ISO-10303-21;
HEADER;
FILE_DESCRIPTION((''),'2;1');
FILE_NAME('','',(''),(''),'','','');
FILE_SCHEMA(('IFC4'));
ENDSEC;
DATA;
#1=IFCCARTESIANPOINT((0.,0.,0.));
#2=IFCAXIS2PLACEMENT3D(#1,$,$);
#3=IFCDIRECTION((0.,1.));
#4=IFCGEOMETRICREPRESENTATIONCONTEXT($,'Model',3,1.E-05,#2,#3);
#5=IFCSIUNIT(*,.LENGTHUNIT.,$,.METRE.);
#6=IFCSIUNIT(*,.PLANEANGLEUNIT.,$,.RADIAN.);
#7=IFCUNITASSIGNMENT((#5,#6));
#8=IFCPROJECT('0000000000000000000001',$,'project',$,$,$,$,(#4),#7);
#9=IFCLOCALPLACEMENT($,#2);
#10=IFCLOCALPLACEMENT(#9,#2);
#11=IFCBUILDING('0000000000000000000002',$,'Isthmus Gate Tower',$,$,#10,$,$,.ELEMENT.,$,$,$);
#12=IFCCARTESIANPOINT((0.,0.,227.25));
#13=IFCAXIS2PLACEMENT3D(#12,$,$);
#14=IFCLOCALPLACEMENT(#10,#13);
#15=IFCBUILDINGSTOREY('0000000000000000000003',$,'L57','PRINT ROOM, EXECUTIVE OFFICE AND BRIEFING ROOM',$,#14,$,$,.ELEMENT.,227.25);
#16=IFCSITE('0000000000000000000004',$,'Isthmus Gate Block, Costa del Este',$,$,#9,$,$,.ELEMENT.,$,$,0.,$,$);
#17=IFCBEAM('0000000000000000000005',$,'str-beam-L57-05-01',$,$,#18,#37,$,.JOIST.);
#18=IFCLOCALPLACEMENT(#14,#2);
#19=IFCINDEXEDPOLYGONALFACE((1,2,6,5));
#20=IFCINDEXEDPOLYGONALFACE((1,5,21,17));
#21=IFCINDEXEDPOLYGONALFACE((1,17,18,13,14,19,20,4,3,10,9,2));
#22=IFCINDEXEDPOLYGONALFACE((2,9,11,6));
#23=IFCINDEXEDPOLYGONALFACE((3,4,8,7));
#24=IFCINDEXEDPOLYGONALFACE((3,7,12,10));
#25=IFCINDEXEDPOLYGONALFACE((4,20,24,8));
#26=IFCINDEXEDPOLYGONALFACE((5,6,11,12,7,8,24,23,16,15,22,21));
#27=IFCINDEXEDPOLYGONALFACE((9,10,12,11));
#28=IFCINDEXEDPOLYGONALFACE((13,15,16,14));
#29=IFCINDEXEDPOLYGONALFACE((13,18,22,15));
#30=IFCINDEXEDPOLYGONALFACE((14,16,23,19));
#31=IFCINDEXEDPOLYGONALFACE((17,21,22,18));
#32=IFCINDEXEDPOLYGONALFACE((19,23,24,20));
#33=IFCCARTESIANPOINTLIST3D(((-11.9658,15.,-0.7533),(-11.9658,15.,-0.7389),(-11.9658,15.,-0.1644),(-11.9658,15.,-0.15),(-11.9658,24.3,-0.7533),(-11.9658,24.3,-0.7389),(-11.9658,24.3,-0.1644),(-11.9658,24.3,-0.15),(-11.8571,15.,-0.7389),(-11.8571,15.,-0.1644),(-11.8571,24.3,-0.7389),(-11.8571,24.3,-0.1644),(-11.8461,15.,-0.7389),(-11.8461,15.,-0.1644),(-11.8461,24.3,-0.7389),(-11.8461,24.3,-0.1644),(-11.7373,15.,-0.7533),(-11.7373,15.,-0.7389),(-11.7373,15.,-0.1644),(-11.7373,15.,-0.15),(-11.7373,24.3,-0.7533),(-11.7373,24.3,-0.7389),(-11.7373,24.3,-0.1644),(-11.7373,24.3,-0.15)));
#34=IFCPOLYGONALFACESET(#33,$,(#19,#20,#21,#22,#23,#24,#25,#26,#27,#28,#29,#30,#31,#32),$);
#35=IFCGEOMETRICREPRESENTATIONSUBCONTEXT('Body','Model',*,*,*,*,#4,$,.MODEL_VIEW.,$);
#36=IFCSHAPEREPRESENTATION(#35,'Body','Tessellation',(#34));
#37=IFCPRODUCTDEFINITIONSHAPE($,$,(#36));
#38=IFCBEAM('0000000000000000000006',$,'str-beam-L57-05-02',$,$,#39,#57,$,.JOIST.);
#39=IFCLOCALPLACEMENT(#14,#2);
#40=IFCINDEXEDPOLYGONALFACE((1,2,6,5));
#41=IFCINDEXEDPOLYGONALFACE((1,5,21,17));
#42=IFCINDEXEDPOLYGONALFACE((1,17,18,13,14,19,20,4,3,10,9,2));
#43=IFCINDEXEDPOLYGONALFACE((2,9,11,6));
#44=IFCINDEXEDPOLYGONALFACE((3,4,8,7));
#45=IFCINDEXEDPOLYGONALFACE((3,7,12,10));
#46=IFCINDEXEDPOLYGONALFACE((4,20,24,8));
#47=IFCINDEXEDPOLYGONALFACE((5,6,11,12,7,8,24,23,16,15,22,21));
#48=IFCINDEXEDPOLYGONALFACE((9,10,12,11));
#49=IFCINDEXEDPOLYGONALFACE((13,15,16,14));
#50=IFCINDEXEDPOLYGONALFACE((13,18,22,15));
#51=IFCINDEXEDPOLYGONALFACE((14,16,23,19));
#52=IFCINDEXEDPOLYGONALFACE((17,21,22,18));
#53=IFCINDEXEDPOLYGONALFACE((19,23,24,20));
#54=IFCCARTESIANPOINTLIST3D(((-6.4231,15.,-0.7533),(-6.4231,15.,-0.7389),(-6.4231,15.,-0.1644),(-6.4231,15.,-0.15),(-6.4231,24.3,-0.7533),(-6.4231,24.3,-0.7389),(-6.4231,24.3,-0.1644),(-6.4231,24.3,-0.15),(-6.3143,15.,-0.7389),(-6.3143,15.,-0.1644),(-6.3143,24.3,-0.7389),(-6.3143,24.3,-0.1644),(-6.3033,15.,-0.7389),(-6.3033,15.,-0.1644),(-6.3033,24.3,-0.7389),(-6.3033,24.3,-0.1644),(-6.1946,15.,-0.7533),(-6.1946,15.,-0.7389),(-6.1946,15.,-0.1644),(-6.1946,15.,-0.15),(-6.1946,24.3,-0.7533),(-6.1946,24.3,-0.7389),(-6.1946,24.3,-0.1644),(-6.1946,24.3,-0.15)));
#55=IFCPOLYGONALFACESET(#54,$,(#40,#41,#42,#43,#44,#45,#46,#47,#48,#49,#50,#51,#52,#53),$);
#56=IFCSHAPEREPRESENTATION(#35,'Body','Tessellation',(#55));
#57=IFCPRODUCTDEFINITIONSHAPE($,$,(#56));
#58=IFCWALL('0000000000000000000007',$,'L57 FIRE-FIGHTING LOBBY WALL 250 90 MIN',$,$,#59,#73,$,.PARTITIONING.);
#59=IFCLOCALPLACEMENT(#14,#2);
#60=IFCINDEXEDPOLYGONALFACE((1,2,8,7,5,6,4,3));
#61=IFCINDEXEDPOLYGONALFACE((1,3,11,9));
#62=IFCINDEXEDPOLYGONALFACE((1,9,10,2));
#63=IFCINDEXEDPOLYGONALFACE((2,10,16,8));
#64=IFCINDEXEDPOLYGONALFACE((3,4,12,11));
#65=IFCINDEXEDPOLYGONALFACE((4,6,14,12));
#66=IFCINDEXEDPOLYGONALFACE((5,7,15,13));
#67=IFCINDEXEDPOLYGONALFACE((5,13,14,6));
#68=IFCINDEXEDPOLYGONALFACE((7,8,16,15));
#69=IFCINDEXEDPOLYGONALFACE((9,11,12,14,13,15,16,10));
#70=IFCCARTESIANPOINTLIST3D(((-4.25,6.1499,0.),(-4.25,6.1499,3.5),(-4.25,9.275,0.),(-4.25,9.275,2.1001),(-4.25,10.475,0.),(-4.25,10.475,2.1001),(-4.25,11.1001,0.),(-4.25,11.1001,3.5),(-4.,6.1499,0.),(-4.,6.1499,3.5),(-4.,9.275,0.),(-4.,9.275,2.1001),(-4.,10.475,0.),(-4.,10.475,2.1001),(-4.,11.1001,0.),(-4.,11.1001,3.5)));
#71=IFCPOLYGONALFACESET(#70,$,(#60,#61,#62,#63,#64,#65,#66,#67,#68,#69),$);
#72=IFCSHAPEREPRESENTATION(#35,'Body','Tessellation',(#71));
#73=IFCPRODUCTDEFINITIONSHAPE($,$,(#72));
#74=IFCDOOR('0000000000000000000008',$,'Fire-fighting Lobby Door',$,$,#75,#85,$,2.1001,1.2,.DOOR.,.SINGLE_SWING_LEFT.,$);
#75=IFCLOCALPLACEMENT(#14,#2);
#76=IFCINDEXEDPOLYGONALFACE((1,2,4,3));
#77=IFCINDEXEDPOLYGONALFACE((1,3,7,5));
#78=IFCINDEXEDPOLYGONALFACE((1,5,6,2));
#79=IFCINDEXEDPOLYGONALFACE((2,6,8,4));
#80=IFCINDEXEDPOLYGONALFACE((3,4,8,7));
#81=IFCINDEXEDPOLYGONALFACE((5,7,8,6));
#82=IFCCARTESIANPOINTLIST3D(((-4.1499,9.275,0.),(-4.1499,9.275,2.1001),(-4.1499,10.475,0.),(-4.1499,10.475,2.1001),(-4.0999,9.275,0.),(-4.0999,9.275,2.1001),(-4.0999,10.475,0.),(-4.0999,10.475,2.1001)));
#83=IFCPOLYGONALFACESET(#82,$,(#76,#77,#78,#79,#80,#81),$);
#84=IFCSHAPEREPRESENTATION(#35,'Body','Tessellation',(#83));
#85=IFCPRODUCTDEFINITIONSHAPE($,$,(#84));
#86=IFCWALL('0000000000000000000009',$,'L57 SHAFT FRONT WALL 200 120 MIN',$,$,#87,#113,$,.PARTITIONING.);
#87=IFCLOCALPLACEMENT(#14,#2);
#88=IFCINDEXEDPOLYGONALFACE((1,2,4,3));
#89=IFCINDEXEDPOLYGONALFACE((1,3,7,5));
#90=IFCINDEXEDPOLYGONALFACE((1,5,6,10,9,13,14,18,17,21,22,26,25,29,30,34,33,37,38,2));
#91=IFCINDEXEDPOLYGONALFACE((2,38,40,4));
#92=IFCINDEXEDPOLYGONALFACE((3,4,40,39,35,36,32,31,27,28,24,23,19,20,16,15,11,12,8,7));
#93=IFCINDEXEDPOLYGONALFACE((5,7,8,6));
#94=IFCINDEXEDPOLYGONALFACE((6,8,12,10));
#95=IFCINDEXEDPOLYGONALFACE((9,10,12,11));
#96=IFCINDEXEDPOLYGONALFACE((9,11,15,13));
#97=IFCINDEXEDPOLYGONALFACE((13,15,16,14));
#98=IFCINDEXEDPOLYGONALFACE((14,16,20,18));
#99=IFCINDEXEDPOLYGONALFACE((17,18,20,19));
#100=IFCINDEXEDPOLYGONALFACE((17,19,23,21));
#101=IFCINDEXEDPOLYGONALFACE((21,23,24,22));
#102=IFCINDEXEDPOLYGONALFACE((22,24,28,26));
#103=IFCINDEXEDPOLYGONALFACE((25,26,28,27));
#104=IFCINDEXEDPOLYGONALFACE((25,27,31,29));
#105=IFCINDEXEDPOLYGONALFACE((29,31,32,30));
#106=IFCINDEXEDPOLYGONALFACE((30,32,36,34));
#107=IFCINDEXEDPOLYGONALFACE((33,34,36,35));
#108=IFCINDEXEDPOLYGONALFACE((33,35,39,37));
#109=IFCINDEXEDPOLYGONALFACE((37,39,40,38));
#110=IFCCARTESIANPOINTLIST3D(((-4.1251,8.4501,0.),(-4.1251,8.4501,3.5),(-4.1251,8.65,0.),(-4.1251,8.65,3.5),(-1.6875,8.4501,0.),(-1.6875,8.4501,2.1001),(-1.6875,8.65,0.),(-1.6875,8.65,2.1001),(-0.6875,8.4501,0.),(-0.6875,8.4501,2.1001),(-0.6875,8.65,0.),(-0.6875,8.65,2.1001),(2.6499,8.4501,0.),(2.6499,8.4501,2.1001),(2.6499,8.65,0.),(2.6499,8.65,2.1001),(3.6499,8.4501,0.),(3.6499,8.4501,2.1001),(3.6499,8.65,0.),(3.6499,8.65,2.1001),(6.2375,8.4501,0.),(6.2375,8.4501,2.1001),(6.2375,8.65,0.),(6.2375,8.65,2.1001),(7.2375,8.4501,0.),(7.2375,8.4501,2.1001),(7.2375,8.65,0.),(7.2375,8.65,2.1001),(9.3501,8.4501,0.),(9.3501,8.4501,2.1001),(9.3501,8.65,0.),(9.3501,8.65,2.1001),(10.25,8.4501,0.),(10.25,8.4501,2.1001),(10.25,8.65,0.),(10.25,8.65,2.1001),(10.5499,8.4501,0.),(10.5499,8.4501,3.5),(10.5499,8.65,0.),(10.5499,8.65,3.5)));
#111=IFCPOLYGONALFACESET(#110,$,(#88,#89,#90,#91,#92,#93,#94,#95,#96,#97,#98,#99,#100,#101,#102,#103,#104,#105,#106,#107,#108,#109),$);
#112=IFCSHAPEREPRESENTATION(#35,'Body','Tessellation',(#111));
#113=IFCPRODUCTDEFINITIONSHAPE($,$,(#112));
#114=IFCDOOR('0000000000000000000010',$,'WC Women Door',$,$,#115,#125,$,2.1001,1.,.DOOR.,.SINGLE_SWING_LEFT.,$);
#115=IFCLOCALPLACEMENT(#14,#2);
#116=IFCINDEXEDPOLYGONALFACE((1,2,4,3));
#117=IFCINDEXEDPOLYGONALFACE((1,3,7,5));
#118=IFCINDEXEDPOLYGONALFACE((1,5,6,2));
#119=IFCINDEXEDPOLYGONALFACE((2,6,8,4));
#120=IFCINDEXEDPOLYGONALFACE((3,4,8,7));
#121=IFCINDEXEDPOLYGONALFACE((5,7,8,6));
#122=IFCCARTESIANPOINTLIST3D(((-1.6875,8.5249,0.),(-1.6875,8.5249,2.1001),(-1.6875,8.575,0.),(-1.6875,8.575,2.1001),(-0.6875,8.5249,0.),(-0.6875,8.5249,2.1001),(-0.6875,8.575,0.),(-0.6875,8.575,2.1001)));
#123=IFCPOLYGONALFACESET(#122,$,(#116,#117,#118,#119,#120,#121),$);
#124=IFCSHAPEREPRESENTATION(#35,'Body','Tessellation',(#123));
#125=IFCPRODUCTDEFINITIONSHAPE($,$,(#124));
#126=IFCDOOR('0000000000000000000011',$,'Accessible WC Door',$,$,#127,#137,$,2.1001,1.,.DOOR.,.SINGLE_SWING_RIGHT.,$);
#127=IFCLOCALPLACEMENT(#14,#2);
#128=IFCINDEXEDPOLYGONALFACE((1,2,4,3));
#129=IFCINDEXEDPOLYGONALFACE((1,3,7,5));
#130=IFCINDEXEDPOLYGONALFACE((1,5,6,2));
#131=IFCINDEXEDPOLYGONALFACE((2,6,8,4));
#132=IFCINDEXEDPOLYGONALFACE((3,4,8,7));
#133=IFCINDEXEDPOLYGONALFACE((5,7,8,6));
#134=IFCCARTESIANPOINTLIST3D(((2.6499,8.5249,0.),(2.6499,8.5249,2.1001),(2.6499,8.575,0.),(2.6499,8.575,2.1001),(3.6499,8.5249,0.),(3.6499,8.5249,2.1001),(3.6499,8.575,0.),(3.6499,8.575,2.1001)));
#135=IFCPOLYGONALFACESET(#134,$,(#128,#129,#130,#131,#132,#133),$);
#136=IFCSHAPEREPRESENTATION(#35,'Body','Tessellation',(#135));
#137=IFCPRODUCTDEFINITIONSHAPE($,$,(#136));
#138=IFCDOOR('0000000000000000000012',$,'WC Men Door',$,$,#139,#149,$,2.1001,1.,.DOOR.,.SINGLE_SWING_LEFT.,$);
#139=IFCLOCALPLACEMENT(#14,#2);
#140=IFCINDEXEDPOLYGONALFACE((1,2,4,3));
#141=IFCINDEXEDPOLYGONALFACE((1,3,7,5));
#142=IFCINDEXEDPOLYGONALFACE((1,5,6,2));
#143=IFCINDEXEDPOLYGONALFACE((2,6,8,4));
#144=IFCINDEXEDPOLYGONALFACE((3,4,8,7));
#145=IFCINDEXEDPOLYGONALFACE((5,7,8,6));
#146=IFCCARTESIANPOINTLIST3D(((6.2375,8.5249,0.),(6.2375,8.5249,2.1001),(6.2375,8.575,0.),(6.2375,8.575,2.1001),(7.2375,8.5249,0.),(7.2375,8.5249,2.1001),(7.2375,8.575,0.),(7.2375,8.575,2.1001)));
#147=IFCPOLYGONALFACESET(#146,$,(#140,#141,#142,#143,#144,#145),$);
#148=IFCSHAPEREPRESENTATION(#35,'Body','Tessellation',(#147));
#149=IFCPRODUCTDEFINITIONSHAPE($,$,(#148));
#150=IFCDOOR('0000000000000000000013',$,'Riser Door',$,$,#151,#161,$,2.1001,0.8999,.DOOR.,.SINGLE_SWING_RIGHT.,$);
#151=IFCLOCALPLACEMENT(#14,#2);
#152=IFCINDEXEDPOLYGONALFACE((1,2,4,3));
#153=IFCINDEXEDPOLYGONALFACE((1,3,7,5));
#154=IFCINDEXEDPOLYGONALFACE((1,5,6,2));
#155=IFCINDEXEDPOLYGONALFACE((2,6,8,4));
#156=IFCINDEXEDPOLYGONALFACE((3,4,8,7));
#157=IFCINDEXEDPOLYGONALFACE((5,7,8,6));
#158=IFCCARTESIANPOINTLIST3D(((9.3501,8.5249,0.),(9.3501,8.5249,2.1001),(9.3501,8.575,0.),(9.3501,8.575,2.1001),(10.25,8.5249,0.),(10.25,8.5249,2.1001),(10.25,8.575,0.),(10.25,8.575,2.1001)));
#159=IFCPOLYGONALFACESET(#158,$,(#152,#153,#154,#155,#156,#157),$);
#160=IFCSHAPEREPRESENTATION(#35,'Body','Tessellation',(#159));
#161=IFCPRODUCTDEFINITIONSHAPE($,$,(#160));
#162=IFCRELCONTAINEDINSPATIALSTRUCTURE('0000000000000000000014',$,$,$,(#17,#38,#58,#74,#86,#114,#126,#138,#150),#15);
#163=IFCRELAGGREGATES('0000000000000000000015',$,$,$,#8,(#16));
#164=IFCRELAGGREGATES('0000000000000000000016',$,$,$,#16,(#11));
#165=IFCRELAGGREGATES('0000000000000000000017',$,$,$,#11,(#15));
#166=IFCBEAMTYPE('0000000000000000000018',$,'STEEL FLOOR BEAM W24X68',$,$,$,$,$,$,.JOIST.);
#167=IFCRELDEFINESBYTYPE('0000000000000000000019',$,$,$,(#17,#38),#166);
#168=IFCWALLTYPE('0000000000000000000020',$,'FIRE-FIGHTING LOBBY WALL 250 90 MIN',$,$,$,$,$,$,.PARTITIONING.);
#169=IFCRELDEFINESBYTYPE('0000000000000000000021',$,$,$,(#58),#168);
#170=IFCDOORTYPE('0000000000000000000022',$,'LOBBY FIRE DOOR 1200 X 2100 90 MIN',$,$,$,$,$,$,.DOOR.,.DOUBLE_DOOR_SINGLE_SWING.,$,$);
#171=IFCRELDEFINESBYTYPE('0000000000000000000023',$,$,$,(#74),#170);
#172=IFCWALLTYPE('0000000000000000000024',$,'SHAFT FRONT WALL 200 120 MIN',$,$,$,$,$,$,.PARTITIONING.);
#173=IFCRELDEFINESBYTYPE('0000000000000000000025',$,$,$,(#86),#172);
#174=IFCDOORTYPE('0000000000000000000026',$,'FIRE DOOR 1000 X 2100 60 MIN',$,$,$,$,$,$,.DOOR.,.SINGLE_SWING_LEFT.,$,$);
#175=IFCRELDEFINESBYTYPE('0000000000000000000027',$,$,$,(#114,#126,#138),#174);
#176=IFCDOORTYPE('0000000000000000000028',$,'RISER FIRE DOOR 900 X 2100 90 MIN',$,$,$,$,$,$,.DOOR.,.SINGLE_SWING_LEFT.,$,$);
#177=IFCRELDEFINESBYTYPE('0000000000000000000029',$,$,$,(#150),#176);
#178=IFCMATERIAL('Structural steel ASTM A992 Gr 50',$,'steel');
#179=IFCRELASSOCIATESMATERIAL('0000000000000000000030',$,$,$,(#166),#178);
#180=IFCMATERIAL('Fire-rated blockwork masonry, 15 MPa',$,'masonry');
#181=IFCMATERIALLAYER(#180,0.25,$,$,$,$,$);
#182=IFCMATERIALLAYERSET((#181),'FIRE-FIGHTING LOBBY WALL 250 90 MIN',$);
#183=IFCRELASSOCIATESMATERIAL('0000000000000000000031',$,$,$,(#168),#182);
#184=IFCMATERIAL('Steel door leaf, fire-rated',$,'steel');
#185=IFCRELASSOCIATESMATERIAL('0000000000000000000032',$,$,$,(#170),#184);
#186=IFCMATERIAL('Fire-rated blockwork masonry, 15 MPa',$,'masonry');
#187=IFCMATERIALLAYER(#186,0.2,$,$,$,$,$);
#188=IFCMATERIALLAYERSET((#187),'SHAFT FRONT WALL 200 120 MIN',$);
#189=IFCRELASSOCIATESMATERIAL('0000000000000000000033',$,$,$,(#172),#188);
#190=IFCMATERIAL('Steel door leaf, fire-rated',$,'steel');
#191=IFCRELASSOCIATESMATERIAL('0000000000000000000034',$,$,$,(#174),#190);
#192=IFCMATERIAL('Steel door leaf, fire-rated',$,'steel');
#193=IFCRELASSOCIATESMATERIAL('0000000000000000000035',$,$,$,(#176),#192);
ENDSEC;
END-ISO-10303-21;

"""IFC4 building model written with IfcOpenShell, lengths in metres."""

from ifc_helpers import new_model, si_unit, direction, frame, frame_2d, origin, origin_2d, place, context, subcontext, project, spatial, rectangle, i_section, extrude, material, layer, layer_set, material_profile, profile_set, type_object, element, fill, save


model = new_model("IFC4")

# Units and contexts
model_context = context("Model", 3, precision=1e-05, world=origin(), true_north=direction((0.0, 1.0)))
body_context = subcontext(model_context, "Body", "Model", "MODEL_VIEW")
ifc_project = project(units=[si_unit("LENGTHUNIT", "METRE"), si_unit("PLANEANGLEUNIT", "RADIAN")], contexts=[model_context])

# Site, building, storey
site_placement = place(None, origin())
site = spatial("IfcSite", under=ifc_project, at=site_placement, Name="Isthmus Gate Block, Costa del Este", CompositionType="ELEMENT", RefElevation=0.0)
building_placement = place(site_placement, origin())
building = spatial("IfcBuilding", under=site, at=building_placement, Name="Isthmus Gate Tower", CompositionType="ELEMENT")
storey_placement = place(building_placement, frame((0.0, 0.0, 227.25)))
storey = spatial("IfcBuildingStorey", under=building, at=storey_placement, Name="L57", Description="PRINT ROOM, EXECUTIVE OFFICE AND BRIEFING ROOM", CompositionType="ELEMENT", Elevation=227.25)

# Beams
ifc_material_1 = material(Name="Structural steel ASTM A992 Gr 50", Category="steel")
ifc_material_profile = material_profile(ifc_material_1, i_section(OverallWidth=0.2285, OverallDepth=0.6033, WebThickness=0.011, FlangeThickness=0.0144, at=origin_2d()), Name="W24X68")
ifc_profile_set = profile_set([ifc_material_profile], Name="Structural steel ASTM A992 Gr 50")
beam_type = type_object("IfcBeamType", Name="STEEL FLOOR BEAM W24X68", PredefinedType="JOIST", material=ifc_profile_set)
for number, where, z_axis, x_axis, name in (
    (1, (-11.8516, 15.0, -0.4517), (0.0, 1.0, 0.0), (-1.0, 0.0, 0.0), "str-beam-L57-05-01"),
    (2, (-6.3088, 15.0, -0.4517), (0.0, 1.0, 0.0), (-1.0, 0.0, 0.0), "str-beam-L57-05-02"),
):
    element("IfcBeam", number, at=place(storey_placement, frame(where, z_axis=z_axis, x_axis=x_axis)), inside=storey, type_object=beam_type, Name=name, PredefinedType="JOIST", context=body_context, shape_type="SweptSolid", body=[
        extrude(i_section(OverallWidth=0.2285, OverallDepth=0.6033, WebThickness=0.011, FlangeThickness=0.0144, at=origin_2d()), origin(), (0.0, 0.0, 1.0), 9.3),
    ])

# Wall, opening, door
ifc_material_2 = material(Name="Fire-rated blockwork masonry, 15 MPa", Category="masonry")
ifc_layer_1 = layer(ifc_material_2, 0.25)
ifc_layer_set_1 = layer_set([ifc_layer_1], Name="FIRE-FIGHTING LOBBY WALL 250 90 MIN")
wall_type_1 = type_object("IfcWallType", Name="FIRE-FIGHTING LOBBY WALL 250 90 MIN", PredefinedType="PARTITIONING", material=ifc_layer_set_1)
wall_1_placement = place(storey_placement, frame((-4.125, 6.1499, 0.0), z_axis=(0.0, 0.0, 1.0), x_axis=(0.0, 1.0, 0.0)))
wall_1 = element("IfcWall", 3, at=wall_1_placement, inside=storey, type_object=wall_type_1, Name="L57 FIRE-FIGHTING LOBBY WALL 250 90 MIN", PredefinedType="PARTITIONING", context=body_context, shape_type="SweptSolid", body=[
    extrude(rectangle(XDim=4.9502, YDim=0.25, at=frame_2d((2.4751, 0.0))), origin(), (0.0, 0.0, 1.0), 3.5),
])
opening_1_placement = place(wall_1_placement, frame((3.125, 0.0, 0.0)))
opening_1 = element("IfcOpeningElement", 4, at=opening_1_placement, cuts=wall_1, PredefinedType="OPENING", context=body_context, shape_type="SweptSolid", body=[
    extrude(rectangle(XDim=1.2, YDim=2.1001, at=frame_2d((0.6001, 1.05))), frame((0.0, 0.135, 0.0), z_axis=(0.0, -1.0, 0.0), x_axis=(1.0, 0.0, 0.0)), (0.0, 0.0, 1.0), 0.27),
])
ifc_material_3 = material(Name="Steel door leaf, fire-rated", Category="steel")
door_type_1 = type_object("IfcDoorType", Name="LOBBY FIRE DOOR 1200 X 2100 90 MIN", OperationType="DOUBLE_DOOR_SINGLE_SWING", PredefinedType="DOOR", material=ifc_material_3)
door_1_placement = place(opening_1_placement, origin())
door_1 = element("IfcDoor", 5, at=door_1_placement, inside=storey, type_object=door_type_1, Name="Fire-fighting Lobby Door", OperationType="SINGLE_SWING_LEFT", OverallHeight=2.1001, OverallWidth=1.2, PredefinedType="DOOR", context=body_context, shape_type="SweptSolid", body=[
    extrude(rectangle(XDim=1.2, YDim=2.1001, at=frame_2d((0.6001, 1.05))), frame((0.0, 0.0249, 0.0), z_axis=(0.0, -1.0, 0.0), x_axis=(1.0, 0.0, 0.0)), (0.0, 0.0, 1.0), 0.05),
])
fill(opening_1, door_1)

# Wall, openings, doors
ifc_material_4 = material(Name="Fire-rated blockwork masonry, 15 MPa", Category="masonry")
ifc_layer_2 = layer(ifc_material_4, 0.2)
ifc_layer_set_2 = layer_set([ifc_layer_2], Name="SHAFT FRONT WALL 200 120 MIN")
wall_type_2 = type_object("IfcWallType", Name="SHAFT FRONT WALL 200 120 MIN", PredefinedType="PARTITIONING", material=ifc_layer_set_2)
wall_2_placement = place(storey_placement, frame((-4.125, 8.55, 0.0), z_axis=(0.0, 0.0, 1.0), x_axis=(1.0, 0.0, 0.0)))
wall_2 = element("IfcWall", 6, at=wall_2_placement, inside=storey, type_object=wall_type_2, Name="L57 SHAFT FRONT WALL 200 120 MIN", PredefinedType="PARTITIONING", context=body_context, shape_type="SweptSolid", body=[
    extrude(rectangle(XDim=14.675, YDim=0.2, at=frame_2d((7.3374, 0.0))), origin(), (0.0, 0.0, 1.0), 3.5),
])
opening_2_placement = place(wall_2_placement, frame((2.4375, 0.0, 0.0)))
opening_2 = element("IfcOpeningElement", 7, at=opening_2_placement, cuts=wall_2, PredefinedType="OPENING", context=body_context, shape_type="SweptSolid", body=[
    extrude(rectangle(XDim=1.0, YDim=2.1001, at=frame_2d((0.5, 1.05))), frame((0.0, 0.1099, 0.0), z_axis=(0.0, -1.0, 0.0), x_axis=(1.0, 0.0, 0.0)), (0.0, 0.0, 1.0), 0.22),
])
opening_3_placement = place(wall_2_placement, frame((6.7749, 0.0, 0.0)))
opening_3 = element("IfcOpeningElement", 8, at=opening_3_placement, cuts=wall_2, PredefinedType="OPENING", context=body_context, shape_type="SweptSolid", body=[
    extrude(rectangle(XDim=1.0, YDim=2.1001, at=frame_2d((0.5, 1.05))), frame((0.0, 0.1099, 0.0), z_axis=(0.0, -1.0, 0.0), x_axis=(1.0, 0.0, 0.0)), (0.0, 0.0, 1.0), 0.22),
])
opening_4_placement = place(wall_2_placement, frame((10.3625, 0.0, 0.0)))
opening_4 = element("IfcOpeningElement", 9, at=opening_4_placement, cuts=wall_2, PredefinedType="OPENING", context=body_context, shape_type="SweptSolid", body=[
    extrude(rectangle(XDim=1.0, YDim=2.1001, at=frame_2d((0.5, 1.05))), frame((0.0, 0.1099, 0.0), z_axis=(0.0, -1.0, 0.0), x_axis=(1.0, 0.0, 0.0)), (0.0, 0.0, 1.0), 0.22),
])
opening_5_placement = place(wall_2_placement, frame((13.4751, 0.0, 0.0)))
opening_5 = element("IfcOpeningElement", 10, at=opening_5_placement, cuts=wall_2, PredefinedType="OPENING", context=body_context, shape_type="SweptSolid", body=[
    extrude(rectangle(XDim=0.8999, YDim=2.1001, at=frame_2d((0.45, 1.05))), frame((0.0, 0.1099, 0.0), z_axis=(0.0, -1.0, 0.0), x_axis=(1.0, 0.0, 0.0)), (0.0, 0.0, 1.0), 0.22),
])
ifc_material_5 = material(Name="Steel door leaf, fire-rated", Category="steel")
door_type_2 = type_object("IfcDoorType", Name="FIRE DOOR 1000 X 2100 60 MIN", OperationType="SINGLE_SWING_LEFT", PredefinedType="DOOR", material=ifc_material_5)
door_2_placement = place(opening_2_placement, origin())
door_2 = element("IfcDoor", 11, at=door_2_placement, inside=storey, type_object=door_type_2, Name="WC Women Door", OperationType="SINGLE_SWING_LEFT", OverallHeight=2.1001, OverallWidth=1.0, PredefinedType="DOOR", context=body_context, shape_type="SweptSolid", body=[
    extrude(rectangle(XDim=1.0, YDim=2.1001, at=frame_2d((0.5, 1.05))), frame((0.0, 0.0249, 0.0), z_axis=(0.0, -1.0, 0.0), x_axis=(1.0, 0.0, 0.0)), (0.0, 0.0, 1.0), 0.05),
])
fill(opening_2, door_2)
door_3_placement = place(opening_3_placement, origin())
door_3 = element("IfcDoor", 12, at=door_3_placement, inside=storey, type_object=door_type_2, Name="Accessible WC Door", OperationType="SINGLE_SWING_RIGHT", OverallHeight=2.1001, OverallWidth=1.0, PredefinedType="DOOR", context=body_context, shape_type="SweptSolid", body=[
    extrude(rectangle(XDim=1.0, YDim=2.1001, at=frame_2d((0.5, 1.05))), frame((0.0, 0.0249, 0.0), z_axis=(0.0, -1.0, 0.0), x_axis=(1.0, 0.0, 0.0)), (0.0, 0.0, 1.0), 0.05),
])
fill(opening_3, door_3)
door_4_placement = place(opening_4_placement, origin())
door_4 = element("IfcDoor", 13, at=door_4_placement, inside=storey, type_object=door_type_2, Name="WC Men Door", OperationType="SINGLE_SWING_LEFT", OverallHeight=2.1001, OverallWidth=1.0, PredefinedType="DOOR", context=body_context, shape_type="SweptSolid", body=[
    extrude(rectangle(XDim=1.0, YDim=2.1001, at=frame_2d((0.5, 1.05))), frame((0.0, 0.0249, 0.0), z_axis=(0.0, -1.0, 0.0), x_axis=(1.0, 0.0, 0.0)), (0.0, 0.0, 1.0), 0.05),
])
fill(opening_4, door_4)
ifc_material_6 = material(Name="Steel door leaf, fire-rated", Category="steel")
door_type_3 = type_object("IfcDoorType", Name="RISER FIRE DOOR 900 X 2100 90 MIN", OperationType="SINGLE_SWING_LEFT", PredefinedType="DOOR", material=ifc_material_6)
door_5_placement = place(opening_5_placement, origin())
door_5 = element("IfcDoor", 14, at=door_5_placement, inside=storey, type_object=door_type_3, Name="Riser Door", OperationType="SINGLE_SWING_RIGHT", OverallHeight=2.1001, OverallWidth=0.8999, PredefinedType="DOOR", context=body_context, shape_type="SweptSolid", body=[
    extrude(rectangle(XDim=0.8999, YDim=2.1001, at=frame_2d((0.45, 1.05))), frame((0.0, 0.0249, 0.0), z_axis=(0.0, -1.0, 0.0), x_axis=(1.0, 0.0, 0.0)), (0.0, 0.0, 1.0), 0.05),
])
fill(opening_5, door_5)

save(model, "model.ifc")
